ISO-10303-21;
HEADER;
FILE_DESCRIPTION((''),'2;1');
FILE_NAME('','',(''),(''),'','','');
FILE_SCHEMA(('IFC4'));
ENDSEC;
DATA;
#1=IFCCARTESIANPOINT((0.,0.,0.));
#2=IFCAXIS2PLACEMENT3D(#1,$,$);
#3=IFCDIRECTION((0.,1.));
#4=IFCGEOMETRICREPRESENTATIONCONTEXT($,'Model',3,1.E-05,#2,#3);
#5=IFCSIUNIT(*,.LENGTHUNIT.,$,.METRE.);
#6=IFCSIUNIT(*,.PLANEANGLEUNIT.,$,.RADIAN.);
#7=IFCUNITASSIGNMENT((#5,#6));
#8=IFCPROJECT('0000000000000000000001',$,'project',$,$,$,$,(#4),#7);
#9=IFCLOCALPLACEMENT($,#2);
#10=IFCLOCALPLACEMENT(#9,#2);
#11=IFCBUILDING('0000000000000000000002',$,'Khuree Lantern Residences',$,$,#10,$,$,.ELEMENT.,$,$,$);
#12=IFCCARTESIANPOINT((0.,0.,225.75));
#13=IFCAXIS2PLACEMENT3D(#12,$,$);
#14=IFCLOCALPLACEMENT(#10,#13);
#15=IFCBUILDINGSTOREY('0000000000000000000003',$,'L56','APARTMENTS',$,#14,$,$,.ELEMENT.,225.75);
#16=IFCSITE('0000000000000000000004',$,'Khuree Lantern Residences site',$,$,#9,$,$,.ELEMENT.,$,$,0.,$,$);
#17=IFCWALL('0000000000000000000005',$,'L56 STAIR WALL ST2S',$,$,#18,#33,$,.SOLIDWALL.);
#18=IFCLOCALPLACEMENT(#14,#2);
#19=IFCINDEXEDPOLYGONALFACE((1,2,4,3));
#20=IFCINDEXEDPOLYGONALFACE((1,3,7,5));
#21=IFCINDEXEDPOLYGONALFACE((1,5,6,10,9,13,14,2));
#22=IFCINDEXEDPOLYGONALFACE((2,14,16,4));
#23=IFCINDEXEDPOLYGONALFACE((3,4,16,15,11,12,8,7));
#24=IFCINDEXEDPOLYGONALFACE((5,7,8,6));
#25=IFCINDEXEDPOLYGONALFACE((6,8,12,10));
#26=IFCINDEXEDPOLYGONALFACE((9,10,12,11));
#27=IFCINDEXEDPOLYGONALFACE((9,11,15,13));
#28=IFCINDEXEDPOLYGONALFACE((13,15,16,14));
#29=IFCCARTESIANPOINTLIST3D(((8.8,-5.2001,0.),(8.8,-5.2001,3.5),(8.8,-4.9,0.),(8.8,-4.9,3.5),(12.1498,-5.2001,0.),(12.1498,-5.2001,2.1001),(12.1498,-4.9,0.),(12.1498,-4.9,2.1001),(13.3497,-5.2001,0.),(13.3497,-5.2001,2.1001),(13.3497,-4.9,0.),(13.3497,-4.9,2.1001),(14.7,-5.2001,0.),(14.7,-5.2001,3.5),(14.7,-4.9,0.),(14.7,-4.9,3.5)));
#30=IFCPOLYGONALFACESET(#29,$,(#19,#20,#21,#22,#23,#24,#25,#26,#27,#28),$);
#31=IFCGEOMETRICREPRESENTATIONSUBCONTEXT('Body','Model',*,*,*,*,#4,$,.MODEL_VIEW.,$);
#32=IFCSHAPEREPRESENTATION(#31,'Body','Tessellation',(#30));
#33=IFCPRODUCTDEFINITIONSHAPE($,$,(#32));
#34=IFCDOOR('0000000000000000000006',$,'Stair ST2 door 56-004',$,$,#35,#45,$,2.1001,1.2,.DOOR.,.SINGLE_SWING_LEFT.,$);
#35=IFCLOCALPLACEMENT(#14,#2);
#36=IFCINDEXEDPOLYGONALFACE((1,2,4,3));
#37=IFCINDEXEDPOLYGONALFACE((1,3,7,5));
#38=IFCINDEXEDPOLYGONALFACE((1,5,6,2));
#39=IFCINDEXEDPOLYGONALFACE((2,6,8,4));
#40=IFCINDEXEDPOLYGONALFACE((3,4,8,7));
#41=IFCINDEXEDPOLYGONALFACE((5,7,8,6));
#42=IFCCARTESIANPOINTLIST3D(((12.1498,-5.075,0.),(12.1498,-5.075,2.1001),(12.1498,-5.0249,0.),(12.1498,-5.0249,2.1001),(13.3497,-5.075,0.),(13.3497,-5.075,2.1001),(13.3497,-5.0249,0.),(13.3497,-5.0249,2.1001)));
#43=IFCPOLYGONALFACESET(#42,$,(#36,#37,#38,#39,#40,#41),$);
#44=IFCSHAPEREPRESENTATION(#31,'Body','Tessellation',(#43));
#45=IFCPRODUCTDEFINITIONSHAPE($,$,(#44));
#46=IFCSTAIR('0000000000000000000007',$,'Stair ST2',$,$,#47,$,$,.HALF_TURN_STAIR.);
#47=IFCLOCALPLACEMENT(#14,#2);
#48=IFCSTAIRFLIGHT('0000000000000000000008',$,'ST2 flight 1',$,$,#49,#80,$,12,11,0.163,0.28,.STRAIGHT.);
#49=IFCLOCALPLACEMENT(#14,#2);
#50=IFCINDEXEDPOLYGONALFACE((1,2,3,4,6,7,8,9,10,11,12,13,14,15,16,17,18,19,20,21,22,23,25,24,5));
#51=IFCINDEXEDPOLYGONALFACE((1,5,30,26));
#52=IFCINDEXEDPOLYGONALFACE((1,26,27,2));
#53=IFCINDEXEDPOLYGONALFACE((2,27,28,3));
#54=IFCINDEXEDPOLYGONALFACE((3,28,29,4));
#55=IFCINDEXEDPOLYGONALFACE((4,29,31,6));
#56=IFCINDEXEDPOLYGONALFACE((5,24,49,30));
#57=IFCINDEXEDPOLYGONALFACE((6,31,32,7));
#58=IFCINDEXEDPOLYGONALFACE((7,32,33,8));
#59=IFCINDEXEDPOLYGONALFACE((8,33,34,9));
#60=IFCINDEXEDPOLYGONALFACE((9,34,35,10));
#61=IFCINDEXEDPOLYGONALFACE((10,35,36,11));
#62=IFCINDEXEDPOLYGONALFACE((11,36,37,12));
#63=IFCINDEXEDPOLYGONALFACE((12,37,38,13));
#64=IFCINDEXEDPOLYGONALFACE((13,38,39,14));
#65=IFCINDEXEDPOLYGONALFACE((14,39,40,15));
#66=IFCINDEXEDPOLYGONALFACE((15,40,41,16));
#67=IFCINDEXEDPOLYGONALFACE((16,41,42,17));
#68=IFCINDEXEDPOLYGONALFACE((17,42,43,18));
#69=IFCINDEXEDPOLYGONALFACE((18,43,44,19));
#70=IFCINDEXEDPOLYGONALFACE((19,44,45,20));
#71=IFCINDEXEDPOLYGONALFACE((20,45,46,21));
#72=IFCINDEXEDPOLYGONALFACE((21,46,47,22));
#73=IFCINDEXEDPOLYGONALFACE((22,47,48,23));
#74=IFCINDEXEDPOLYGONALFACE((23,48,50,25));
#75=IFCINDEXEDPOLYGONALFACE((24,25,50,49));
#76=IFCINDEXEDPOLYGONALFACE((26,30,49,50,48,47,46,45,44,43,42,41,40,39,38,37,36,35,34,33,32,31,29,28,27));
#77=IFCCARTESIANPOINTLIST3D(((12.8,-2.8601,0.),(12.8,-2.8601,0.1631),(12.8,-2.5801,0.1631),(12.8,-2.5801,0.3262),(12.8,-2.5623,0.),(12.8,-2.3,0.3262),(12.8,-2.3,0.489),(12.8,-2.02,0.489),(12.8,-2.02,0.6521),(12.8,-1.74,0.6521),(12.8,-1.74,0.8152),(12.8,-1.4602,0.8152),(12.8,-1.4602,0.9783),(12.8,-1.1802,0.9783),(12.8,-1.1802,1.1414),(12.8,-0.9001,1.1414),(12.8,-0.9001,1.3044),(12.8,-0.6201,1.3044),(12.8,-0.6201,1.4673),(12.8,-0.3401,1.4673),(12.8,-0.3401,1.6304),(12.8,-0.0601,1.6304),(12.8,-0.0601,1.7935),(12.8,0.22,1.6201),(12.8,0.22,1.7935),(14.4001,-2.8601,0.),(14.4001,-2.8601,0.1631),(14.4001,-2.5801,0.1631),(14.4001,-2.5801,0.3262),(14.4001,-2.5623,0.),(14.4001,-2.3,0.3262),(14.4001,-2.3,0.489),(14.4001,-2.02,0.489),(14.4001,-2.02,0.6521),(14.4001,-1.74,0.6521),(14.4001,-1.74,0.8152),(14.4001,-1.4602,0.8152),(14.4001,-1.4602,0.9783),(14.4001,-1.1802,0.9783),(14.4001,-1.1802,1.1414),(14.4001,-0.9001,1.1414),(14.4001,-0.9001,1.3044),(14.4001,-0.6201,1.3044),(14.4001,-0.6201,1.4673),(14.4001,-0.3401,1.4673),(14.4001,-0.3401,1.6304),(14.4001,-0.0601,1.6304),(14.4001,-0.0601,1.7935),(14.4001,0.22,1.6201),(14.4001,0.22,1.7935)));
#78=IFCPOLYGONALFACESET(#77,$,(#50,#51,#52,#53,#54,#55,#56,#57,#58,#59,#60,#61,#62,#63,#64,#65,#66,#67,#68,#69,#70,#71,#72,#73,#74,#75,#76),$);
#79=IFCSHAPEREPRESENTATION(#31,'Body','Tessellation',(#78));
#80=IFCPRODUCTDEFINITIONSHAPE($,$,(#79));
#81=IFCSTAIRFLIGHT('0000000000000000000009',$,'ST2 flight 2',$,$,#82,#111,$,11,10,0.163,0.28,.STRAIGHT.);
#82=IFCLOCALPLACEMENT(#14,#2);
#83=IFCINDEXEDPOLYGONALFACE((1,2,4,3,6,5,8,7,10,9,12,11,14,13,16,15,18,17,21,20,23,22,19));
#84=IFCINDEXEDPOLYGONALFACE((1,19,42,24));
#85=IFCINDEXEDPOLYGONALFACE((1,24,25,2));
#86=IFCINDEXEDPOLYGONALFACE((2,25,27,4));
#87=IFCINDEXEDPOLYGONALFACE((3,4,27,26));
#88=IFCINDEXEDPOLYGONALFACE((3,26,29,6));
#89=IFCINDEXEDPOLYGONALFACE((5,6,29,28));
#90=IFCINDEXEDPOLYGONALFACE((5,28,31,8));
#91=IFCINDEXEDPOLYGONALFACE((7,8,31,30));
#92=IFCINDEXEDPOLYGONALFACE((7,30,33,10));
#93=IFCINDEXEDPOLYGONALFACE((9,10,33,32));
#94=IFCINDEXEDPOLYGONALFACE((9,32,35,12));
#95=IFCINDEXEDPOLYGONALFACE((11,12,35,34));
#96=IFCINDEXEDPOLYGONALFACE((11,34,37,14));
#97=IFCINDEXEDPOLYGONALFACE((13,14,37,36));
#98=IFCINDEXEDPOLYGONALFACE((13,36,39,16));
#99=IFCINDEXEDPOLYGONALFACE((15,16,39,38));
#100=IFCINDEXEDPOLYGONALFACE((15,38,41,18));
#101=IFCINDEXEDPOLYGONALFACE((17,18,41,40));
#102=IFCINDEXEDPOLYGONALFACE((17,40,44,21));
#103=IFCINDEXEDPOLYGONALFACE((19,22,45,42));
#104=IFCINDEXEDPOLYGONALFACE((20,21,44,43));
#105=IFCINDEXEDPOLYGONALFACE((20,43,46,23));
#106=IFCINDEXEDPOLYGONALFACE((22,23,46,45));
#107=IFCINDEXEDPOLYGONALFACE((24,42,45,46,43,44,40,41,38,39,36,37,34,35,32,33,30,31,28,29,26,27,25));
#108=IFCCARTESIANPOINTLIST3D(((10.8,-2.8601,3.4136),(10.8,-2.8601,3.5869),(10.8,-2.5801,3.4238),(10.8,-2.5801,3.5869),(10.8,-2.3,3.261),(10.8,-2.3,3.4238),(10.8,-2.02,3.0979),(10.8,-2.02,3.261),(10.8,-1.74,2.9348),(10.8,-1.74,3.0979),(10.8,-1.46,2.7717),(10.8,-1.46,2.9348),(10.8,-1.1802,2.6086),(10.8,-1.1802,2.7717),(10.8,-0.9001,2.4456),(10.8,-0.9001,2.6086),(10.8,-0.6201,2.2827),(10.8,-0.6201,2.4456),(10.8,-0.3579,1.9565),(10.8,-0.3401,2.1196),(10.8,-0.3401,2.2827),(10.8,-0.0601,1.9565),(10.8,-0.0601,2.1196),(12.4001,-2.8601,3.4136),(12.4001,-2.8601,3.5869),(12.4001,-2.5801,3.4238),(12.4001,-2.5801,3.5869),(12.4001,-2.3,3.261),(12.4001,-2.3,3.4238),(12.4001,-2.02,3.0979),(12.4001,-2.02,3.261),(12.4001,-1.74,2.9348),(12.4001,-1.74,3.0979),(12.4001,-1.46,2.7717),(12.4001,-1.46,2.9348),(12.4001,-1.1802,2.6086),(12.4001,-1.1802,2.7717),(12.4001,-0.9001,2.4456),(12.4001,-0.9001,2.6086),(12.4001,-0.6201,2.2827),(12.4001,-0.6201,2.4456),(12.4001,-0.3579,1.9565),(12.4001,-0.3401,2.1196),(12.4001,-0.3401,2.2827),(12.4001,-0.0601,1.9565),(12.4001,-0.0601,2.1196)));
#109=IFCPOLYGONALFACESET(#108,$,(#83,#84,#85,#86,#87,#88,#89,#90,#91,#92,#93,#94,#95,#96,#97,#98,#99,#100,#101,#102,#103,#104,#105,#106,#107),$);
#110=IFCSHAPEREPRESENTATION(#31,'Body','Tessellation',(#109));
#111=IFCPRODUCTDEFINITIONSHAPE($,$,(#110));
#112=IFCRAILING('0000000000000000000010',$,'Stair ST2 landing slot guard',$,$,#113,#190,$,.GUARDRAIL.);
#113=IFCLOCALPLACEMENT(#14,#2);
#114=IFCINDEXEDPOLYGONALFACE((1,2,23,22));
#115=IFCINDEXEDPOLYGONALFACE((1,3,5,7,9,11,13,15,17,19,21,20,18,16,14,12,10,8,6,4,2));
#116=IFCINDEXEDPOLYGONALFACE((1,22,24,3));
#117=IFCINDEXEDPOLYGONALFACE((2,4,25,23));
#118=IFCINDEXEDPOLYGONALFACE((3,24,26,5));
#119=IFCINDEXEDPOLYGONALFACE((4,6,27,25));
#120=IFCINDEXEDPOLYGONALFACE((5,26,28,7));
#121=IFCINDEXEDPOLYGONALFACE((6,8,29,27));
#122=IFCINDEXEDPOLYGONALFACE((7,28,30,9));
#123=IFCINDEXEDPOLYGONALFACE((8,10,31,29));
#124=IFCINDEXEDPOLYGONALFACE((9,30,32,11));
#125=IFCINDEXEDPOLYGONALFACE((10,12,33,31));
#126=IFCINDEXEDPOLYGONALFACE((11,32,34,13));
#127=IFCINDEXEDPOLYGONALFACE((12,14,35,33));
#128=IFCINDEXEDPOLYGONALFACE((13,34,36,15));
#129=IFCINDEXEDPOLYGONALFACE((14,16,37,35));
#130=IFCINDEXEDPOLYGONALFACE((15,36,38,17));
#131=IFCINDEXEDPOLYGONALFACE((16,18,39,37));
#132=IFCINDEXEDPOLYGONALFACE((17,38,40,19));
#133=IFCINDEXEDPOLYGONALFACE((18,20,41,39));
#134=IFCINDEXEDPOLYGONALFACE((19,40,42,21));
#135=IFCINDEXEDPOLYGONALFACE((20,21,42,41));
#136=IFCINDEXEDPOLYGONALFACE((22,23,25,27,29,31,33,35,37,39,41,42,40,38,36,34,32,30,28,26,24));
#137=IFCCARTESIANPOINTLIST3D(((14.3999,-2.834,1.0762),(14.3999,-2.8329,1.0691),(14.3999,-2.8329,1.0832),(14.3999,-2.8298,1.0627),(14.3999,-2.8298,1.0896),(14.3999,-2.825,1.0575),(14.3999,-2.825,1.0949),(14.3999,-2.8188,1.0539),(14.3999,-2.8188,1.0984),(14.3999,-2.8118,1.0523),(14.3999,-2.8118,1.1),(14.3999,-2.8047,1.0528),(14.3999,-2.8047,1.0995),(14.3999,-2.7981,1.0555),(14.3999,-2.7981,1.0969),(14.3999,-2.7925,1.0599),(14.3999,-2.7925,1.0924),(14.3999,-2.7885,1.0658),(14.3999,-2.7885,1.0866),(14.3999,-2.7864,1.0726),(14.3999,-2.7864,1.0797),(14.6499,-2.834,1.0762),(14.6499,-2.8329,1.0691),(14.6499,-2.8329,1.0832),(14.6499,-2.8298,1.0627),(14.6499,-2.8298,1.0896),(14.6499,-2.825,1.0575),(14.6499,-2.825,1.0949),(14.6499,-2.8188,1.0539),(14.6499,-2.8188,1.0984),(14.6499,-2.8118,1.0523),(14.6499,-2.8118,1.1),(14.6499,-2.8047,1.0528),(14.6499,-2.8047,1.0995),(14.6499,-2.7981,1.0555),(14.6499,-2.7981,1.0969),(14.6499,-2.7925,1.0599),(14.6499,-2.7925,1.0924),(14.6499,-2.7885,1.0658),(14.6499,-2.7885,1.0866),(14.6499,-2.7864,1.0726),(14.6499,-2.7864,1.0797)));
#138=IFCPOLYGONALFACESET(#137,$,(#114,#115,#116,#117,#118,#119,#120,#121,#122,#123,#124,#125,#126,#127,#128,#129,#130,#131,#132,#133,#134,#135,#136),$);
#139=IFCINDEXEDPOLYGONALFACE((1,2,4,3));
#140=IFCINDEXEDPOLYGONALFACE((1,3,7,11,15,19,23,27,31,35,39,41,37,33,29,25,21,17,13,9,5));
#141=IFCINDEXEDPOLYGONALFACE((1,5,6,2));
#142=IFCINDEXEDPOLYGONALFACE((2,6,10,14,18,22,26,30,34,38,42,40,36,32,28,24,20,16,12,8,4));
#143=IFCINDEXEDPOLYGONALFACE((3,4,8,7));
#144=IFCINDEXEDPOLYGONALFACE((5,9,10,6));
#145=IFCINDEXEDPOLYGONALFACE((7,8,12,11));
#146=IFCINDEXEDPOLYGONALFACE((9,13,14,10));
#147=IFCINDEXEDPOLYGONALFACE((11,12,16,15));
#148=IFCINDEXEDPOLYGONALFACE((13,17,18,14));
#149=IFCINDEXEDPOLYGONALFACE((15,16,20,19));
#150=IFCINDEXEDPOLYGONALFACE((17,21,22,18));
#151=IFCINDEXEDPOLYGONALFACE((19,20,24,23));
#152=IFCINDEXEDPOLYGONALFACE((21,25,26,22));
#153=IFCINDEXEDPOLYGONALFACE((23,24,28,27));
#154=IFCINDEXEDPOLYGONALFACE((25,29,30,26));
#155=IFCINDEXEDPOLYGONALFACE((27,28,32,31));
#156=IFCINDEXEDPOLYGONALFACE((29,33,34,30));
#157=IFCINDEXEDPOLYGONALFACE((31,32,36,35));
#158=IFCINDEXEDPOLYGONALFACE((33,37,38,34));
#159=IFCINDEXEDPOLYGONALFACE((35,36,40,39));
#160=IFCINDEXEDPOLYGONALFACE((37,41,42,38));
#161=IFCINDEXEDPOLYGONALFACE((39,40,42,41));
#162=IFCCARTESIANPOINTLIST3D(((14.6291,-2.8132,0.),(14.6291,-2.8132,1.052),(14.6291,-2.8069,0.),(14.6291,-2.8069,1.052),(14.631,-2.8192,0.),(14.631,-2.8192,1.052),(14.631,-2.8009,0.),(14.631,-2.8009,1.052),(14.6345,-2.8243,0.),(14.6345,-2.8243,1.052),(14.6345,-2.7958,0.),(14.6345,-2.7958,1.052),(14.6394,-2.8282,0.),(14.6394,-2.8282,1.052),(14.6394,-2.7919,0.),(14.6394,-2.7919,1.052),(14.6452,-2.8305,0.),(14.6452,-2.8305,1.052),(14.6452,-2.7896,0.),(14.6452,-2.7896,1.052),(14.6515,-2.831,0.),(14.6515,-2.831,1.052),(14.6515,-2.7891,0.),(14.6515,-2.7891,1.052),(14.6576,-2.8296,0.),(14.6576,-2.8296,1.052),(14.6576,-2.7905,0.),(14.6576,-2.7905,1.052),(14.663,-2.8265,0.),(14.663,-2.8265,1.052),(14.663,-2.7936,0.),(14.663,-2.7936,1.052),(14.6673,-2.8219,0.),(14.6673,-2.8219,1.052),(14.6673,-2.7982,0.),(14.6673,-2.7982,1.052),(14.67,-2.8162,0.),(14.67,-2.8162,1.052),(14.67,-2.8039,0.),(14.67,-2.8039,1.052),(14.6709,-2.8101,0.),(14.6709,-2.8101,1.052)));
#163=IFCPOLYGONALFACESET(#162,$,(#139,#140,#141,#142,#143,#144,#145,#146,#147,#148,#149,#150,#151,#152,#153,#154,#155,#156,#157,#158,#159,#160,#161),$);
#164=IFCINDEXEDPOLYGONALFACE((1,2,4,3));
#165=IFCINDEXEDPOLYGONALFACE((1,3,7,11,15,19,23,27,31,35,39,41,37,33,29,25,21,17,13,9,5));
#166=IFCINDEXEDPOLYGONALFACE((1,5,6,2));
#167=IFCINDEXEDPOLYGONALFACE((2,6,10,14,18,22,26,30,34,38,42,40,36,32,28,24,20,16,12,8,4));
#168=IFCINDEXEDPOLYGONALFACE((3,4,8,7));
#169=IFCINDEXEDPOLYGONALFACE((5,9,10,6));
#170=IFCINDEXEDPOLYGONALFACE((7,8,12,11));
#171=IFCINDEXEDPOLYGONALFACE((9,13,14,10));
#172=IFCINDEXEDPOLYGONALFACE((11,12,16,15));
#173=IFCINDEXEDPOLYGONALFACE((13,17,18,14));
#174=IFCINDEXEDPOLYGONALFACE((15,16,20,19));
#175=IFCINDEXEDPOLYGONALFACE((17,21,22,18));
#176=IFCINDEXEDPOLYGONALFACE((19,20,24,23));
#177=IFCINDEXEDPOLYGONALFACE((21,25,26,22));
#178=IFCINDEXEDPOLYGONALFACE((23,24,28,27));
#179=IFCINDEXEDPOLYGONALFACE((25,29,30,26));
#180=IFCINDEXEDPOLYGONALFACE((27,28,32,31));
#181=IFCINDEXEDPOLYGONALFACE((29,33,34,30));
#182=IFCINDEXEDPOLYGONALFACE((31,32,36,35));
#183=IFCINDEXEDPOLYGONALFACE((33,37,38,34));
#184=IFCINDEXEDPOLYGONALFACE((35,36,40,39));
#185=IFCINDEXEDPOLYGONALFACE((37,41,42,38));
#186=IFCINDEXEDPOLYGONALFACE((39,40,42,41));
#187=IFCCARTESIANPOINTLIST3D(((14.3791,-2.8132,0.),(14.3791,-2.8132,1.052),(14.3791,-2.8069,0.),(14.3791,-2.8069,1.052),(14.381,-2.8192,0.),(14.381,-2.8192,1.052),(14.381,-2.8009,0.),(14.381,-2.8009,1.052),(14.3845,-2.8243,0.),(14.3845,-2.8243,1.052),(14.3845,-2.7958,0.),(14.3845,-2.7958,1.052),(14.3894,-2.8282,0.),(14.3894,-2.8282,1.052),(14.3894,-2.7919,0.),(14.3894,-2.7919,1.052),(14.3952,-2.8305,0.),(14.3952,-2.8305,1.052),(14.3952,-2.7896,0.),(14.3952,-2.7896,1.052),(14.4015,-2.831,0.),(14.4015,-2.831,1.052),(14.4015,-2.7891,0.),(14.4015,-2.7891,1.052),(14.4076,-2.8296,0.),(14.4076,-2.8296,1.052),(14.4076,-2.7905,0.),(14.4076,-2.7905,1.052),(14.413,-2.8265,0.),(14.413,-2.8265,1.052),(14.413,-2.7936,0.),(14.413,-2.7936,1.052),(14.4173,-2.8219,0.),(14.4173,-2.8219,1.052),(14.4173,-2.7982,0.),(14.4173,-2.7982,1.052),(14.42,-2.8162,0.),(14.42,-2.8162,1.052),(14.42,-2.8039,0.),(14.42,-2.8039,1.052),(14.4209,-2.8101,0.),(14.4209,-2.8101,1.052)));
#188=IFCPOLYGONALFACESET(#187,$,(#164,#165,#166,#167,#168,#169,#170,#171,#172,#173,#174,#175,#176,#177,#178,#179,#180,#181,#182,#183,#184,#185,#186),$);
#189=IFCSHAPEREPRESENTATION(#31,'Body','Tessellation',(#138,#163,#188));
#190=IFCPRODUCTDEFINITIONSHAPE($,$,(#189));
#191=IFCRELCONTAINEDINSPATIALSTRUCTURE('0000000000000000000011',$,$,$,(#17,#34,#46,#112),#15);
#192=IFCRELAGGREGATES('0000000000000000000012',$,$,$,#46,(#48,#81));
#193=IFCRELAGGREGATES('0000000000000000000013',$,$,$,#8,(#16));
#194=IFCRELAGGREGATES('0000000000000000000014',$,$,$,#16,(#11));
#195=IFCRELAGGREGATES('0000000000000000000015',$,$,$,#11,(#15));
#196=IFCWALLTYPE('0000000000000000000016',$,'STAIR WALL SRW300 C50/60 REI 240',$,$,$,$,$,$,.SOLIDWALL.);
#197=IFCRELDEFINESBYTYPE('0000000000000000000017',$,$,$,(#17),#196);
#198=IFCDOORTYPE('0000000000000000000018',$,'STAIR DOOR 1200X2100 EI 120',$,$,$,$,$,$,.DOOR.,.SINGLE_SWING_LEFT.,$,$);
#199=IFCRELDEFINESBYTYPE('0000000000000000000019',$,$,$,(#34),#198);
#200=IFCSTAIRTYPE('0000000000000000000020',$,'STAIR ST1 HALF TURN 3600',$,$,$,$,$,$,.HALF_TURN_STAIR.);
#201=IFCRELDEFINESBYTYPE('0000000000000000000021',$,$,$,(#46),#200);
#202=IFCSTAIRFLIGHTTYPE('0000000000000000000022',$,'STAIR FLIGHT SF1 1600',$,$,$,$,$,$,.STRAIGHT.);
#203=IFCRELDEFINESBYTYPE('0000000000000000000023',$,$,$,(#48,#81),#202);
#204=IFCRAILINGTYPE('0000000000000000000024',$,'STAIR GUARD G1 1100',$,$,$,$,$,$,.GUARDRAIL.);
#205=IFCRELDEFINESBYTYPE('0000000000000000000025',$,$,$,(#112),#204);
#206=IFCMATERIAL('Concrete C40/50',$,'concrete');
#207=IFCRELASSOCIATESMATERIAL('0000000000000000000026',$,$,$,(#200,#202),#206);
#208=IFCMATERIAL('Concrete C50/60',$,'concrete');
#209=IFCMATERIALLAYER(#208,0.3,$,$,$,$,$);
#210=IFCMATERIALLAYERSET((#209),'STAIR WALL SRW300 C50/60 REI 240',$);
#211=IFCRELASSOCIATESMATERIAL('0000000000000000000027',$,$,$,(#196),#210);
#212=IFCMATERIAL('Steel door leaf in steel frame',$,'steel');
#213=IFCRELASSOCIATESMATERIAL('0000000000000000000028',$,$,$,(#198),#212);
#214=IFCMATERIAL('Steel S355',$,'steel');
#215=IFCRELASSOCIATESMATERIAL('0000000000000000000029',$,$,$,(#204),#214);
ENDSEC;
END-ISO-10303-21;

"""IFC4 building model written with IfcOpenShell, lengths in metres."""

from ifc_helpers import new_model, si_unit, direction, frame, frame_2d, origin, origin_2d, place, context, subcontext, project, spatial, polyline, rectangle, circle, outline, extrude, material, layer, layer_set, type_object, element, fill, aggregate, save


model = new_model("IFC4")

# Units and contexts
model_context = context("Model", 3, precision=1e-05, world=origin(), true_north=direction((0.0, 1.0)))
body_context = subcontext(model_context, "Body", "Model", "MODEL_VIEW")
ifc_project = project(units=[si_unit("LENGTHUNIT", "METRE"), si_unit("PLANEANGLEUNIT", "RADIAN")], contexts=[model_context])

# Site, building, storey
site_placement = place(None, origin())
site = spatial("IfcSite", under=ifc_project, at=site_placement, Name="Khuree Lantern Residences site", CompositionType="ELEMENT", RefElevation=0.0)
building_placement = place(site_placement, origin())
building = spatial("IfcBuilding", under=site, at=building_placement, Name="Khuree Lantern Residences", CompositionType="ELEMENT")
storey_placement = place(building_placement, frame((0.0, 0.0, 225.75)))
storey = spatial("IfcBuildingStorey", under=building, at=storey_placement, Name="L56", Description="APARTMENTS", CompositionType="ELEMENT", Elevation=225.75)

# Shared definitions
ifc_material_1 = material(Name="Concrete C50/60", Category="concrete")

# Shared definitions
ifc_material_2 = material(Name="Concrete C40/50", Category="concrete")
stair_type = type_object("IfcStairType", Name="STAIR ST1 HALF TURN 3600", PredefinedType="HALF_TURN_STAIR", material=ifc_material_2)

# Shared definitions
ifc_material_3 = material(Name="Steel door leaf in steel frame", Category="steel")

# Shared definitions
ifc_layer_1 = layer(ifc_material_1, 0.3)
ifc_layer_set_1 = layer_set([ifc_layer_1], Name="STAIR WALL SRW300 C50/60 REI 240")
wall_type_1 = type_object("IfcWallType", Name="STAIR WALL SRW300 C50/60 REI 240", PredefinedType="SOLIDWALL", material=ifc_layer_set_1)

# Wall, opening, door
wall_1_placement = place(storey_placement, frame((14.7, -5.05, 0.0), z_axis=(0.0, 0.0, 1.0), x_axis=(-1.0, 0.0, 0.0)))
wall_1 = element("IfcWall", 1, at=wall_1_placement, inside=storey, type_object=wall_type_1, Name="L56 STAIR WALL ST2S", PredefinedType="SOLIDWALL", context=body_context, shape_type="SweptSolid", body=[
    extrude(rectangle(XDim=5.8999, YDim=0.3, at=frame_2d((2.95, 0.0))), origin(), (0.0, 0.0, 1.0), 3.5),
])
opening_1_placement = place(wall_1_placement, frame((1.3501, 0.0, 0.0)))
opening_1 = element("IfcOpeningElement", 2, at=opening_1_placement, cuts=wall_1, PredefinedType="OPENING", context=body_context, shape_type="SweptSolid", body=[
    extrude(rectangle(XDim=1.2, YDim=2.1001, at=frame_2d((0.6001, 1.05))), frame((0.0, 0.1602, 0.0), z_axis=(0.0, -1.0, 0.0), x_axis=(1.0, 0.0, 0.0)), (0.0, 0.0, 1.0), 0.3201),
])
door_type_1 = type_object("IfcDoorType", Name="STAIR DOOR 1200X2100 EI 120", OperationType="SINGLE_SWING_LEFT", PredefinedType="DOOR", material=ifc_material_3)
door_1_placement = place(opening_1_placement, origin())
door_1 = element("IfcDoor", 3, at=door_1_placement, inside=storey, type_object=door_type_1, Name="Stair ST2 door 56-004", OperationType="SINGLE_SWING_LEFT", OverallHeight=2.1001, OverallWidth=1.2, PredefinedType="DOOR", context=body_context, shape_type="SweptSolid", body=[
    extrude(rectangle(XDim=1.2, YDim=2.1001, at=frame_2d((0.6001, 1.05))), frame((0.0, 0.0249, 0.0), z_axis=(0.0, -1.0, 0.0), x_axis=(1.0, 0.0, 0.0)), (0.0, 0.0, 1.0), 0.05),
])
fill(opening_1, door_1)

# Stair, stair flights
stair_1_placement = place(storey_placement, origin())
stair_1 = element("IfcStair", 4, at=stair_1_placement, inside=storey, type_object=stair_type, Name="Stair ST2", PredefinedType="HALF_TURN_STAIR")
stair_flight_type = type_object("IfcStairFlightType", Name="STAIR FLIGHT SF1 1600", PredefinedType="STRAIGHT", material=ifc_material_2)
stair_flight_1_placement = place(storey_placement, frame((13.6001, -2.8601, 0.0), z_axis=(0.0, 0.0, 1.0), x_axis=(0.0, 1.0, 0.0)))
stair_flight_1 = element("IfcStairFlight", 5, at=stair_flight_1_placement, type_object=stair_flight_type, Name="ST2 flight 1", NumberOfRisers=12, NumberOfTreads=11, PredefinedType="STRAIGHT", RiserHeight=0.163, TreadLength=0.28, context=body_context, shape_type="SweptSolid", body=[
    extrude(outline(polyline([(0.0, 0.0), (0.0, 0.1631), (0.28, 0.1631), (0.28, 0.3262), (0.5601, 0.3262), (0.5601, 0.489), (0.8401, 0.489), (0.8401, 0.6521), (1.1201, 0.6521), (1.1201, 0.8152), (1.3999, 0.8152), (1.3999, 0.9783), (1.6799, 0.9783), (1.6799, 1.1414), (1.96, 1.1414), (1.96, 1.3044), (2.24, 1.3044), (2.24, 1.4673), (2.52, 1.4673), (2.52, 1.6304), (2.8, 1.6304), (2.8, 1.7935), (3.0801, 1.7935), (3.0801, 1.9565), (3.0801, 1.6201), (0.2979, 0.0), (0.0, 0.0)])), frame((0.0, 0.8, 0.0), z_axis=(0.0, -1.0, 0.0), x_axis=(1.0, 0.0, 0.0)), (0.0, 0.0, 1.0), 1.6001),
])
stair_flight_2_placement = place(storey_placement, frame((11.6001, -0.0601, 1.9565), z_axis=(0.0, 0.0, 1.0), x_axis=(0.0, -1.0, 0.0)))
stair_flight_2 = element("IfcStairFlight", 6, at=stair_flight_2_placement, type_object=stair_flight_type, Name="ST2 flight 2", NumberOfRisers=11, NumberOfTreads=10, PredefinedType="STRAIGHT", RiserHeight=0.163, TreadLength=0.28, context=body_context, shape_type="SweptSolid", body=[
    extrude(outline(polyline([(0.0, 0.0), (0.0, 0.1631), (0.28, 0.1631), (0.28, 0.3262), (0.5601, 0.3262), (0.5601, 0.489), (0.8401, 0.489), (0.8401, 0.6521), (1.1201, 0.6521), (1.1201, 0.8152), (1.3999, 0.8152), (1.3999, 0.9783), (1.6799, 0.9783), (1.6799, 1.1414), (1.96, 1.1414), (1.96, 1.3044), (2.24, 1.3044), (2.24, 1.4673), (2.52, 1.4673), (2.52, 1.6304), (2.8, 1.6304), (2.8, 1.7935), (2.8, 1.457), (0.2979, 0.0), (0.0, 0.0)])), frame((0.0, 0.8, 0.0), z_axis=(0.0, -1.0, 0.0), x_axis=(1.0, 0.0, 0.0)), (0.0, 0.0, 1.0), 1.6001),
])
aggregate(stair_1, [stair_flight_1, stair_flight_2])

# Railing
ifc_material_4 = material(Name="Steel S355", Category="steel")
railing_type_1 = type_object("IfcRailingType", Name="STAIR GUARD G1 1100", PredefinedType="GUARDRAIL", material=ifc_material_4)
railing_1_placement = place(storey_placement, frame((14.6499, -2.8101, 0.0)))
element("IfcRailing", 7, at=railing_1_placement, inside=storey, type_object=railing_type_1, Name="Stair ST2 landing slot guard", PredefinedType="GUARDRAIL", context=body_context, shape_type="SweptSolid", body=[
    extrude(circle(Radius=0.0239, at=origin_2d()), frame((0.0, 0.0, 1.0762), z_axis=(-1.0, 0.0, 0.0), x_axis=(0.0, -1.0, 0.0)), (0.0, 0.0, 1.0), 0.25),
    extrude(circle(Radius=0.021, at=origin_2d()), origin(), (0.0, 0.0, 1.0), 1.052),
    extrude(circle(Radius=0.021, at=origin_2d()), frame((-0.25, 0.0, 0.0)), (0.0, 0.0, 1.0), 1.052),
])

save(model, "model.ifc")
